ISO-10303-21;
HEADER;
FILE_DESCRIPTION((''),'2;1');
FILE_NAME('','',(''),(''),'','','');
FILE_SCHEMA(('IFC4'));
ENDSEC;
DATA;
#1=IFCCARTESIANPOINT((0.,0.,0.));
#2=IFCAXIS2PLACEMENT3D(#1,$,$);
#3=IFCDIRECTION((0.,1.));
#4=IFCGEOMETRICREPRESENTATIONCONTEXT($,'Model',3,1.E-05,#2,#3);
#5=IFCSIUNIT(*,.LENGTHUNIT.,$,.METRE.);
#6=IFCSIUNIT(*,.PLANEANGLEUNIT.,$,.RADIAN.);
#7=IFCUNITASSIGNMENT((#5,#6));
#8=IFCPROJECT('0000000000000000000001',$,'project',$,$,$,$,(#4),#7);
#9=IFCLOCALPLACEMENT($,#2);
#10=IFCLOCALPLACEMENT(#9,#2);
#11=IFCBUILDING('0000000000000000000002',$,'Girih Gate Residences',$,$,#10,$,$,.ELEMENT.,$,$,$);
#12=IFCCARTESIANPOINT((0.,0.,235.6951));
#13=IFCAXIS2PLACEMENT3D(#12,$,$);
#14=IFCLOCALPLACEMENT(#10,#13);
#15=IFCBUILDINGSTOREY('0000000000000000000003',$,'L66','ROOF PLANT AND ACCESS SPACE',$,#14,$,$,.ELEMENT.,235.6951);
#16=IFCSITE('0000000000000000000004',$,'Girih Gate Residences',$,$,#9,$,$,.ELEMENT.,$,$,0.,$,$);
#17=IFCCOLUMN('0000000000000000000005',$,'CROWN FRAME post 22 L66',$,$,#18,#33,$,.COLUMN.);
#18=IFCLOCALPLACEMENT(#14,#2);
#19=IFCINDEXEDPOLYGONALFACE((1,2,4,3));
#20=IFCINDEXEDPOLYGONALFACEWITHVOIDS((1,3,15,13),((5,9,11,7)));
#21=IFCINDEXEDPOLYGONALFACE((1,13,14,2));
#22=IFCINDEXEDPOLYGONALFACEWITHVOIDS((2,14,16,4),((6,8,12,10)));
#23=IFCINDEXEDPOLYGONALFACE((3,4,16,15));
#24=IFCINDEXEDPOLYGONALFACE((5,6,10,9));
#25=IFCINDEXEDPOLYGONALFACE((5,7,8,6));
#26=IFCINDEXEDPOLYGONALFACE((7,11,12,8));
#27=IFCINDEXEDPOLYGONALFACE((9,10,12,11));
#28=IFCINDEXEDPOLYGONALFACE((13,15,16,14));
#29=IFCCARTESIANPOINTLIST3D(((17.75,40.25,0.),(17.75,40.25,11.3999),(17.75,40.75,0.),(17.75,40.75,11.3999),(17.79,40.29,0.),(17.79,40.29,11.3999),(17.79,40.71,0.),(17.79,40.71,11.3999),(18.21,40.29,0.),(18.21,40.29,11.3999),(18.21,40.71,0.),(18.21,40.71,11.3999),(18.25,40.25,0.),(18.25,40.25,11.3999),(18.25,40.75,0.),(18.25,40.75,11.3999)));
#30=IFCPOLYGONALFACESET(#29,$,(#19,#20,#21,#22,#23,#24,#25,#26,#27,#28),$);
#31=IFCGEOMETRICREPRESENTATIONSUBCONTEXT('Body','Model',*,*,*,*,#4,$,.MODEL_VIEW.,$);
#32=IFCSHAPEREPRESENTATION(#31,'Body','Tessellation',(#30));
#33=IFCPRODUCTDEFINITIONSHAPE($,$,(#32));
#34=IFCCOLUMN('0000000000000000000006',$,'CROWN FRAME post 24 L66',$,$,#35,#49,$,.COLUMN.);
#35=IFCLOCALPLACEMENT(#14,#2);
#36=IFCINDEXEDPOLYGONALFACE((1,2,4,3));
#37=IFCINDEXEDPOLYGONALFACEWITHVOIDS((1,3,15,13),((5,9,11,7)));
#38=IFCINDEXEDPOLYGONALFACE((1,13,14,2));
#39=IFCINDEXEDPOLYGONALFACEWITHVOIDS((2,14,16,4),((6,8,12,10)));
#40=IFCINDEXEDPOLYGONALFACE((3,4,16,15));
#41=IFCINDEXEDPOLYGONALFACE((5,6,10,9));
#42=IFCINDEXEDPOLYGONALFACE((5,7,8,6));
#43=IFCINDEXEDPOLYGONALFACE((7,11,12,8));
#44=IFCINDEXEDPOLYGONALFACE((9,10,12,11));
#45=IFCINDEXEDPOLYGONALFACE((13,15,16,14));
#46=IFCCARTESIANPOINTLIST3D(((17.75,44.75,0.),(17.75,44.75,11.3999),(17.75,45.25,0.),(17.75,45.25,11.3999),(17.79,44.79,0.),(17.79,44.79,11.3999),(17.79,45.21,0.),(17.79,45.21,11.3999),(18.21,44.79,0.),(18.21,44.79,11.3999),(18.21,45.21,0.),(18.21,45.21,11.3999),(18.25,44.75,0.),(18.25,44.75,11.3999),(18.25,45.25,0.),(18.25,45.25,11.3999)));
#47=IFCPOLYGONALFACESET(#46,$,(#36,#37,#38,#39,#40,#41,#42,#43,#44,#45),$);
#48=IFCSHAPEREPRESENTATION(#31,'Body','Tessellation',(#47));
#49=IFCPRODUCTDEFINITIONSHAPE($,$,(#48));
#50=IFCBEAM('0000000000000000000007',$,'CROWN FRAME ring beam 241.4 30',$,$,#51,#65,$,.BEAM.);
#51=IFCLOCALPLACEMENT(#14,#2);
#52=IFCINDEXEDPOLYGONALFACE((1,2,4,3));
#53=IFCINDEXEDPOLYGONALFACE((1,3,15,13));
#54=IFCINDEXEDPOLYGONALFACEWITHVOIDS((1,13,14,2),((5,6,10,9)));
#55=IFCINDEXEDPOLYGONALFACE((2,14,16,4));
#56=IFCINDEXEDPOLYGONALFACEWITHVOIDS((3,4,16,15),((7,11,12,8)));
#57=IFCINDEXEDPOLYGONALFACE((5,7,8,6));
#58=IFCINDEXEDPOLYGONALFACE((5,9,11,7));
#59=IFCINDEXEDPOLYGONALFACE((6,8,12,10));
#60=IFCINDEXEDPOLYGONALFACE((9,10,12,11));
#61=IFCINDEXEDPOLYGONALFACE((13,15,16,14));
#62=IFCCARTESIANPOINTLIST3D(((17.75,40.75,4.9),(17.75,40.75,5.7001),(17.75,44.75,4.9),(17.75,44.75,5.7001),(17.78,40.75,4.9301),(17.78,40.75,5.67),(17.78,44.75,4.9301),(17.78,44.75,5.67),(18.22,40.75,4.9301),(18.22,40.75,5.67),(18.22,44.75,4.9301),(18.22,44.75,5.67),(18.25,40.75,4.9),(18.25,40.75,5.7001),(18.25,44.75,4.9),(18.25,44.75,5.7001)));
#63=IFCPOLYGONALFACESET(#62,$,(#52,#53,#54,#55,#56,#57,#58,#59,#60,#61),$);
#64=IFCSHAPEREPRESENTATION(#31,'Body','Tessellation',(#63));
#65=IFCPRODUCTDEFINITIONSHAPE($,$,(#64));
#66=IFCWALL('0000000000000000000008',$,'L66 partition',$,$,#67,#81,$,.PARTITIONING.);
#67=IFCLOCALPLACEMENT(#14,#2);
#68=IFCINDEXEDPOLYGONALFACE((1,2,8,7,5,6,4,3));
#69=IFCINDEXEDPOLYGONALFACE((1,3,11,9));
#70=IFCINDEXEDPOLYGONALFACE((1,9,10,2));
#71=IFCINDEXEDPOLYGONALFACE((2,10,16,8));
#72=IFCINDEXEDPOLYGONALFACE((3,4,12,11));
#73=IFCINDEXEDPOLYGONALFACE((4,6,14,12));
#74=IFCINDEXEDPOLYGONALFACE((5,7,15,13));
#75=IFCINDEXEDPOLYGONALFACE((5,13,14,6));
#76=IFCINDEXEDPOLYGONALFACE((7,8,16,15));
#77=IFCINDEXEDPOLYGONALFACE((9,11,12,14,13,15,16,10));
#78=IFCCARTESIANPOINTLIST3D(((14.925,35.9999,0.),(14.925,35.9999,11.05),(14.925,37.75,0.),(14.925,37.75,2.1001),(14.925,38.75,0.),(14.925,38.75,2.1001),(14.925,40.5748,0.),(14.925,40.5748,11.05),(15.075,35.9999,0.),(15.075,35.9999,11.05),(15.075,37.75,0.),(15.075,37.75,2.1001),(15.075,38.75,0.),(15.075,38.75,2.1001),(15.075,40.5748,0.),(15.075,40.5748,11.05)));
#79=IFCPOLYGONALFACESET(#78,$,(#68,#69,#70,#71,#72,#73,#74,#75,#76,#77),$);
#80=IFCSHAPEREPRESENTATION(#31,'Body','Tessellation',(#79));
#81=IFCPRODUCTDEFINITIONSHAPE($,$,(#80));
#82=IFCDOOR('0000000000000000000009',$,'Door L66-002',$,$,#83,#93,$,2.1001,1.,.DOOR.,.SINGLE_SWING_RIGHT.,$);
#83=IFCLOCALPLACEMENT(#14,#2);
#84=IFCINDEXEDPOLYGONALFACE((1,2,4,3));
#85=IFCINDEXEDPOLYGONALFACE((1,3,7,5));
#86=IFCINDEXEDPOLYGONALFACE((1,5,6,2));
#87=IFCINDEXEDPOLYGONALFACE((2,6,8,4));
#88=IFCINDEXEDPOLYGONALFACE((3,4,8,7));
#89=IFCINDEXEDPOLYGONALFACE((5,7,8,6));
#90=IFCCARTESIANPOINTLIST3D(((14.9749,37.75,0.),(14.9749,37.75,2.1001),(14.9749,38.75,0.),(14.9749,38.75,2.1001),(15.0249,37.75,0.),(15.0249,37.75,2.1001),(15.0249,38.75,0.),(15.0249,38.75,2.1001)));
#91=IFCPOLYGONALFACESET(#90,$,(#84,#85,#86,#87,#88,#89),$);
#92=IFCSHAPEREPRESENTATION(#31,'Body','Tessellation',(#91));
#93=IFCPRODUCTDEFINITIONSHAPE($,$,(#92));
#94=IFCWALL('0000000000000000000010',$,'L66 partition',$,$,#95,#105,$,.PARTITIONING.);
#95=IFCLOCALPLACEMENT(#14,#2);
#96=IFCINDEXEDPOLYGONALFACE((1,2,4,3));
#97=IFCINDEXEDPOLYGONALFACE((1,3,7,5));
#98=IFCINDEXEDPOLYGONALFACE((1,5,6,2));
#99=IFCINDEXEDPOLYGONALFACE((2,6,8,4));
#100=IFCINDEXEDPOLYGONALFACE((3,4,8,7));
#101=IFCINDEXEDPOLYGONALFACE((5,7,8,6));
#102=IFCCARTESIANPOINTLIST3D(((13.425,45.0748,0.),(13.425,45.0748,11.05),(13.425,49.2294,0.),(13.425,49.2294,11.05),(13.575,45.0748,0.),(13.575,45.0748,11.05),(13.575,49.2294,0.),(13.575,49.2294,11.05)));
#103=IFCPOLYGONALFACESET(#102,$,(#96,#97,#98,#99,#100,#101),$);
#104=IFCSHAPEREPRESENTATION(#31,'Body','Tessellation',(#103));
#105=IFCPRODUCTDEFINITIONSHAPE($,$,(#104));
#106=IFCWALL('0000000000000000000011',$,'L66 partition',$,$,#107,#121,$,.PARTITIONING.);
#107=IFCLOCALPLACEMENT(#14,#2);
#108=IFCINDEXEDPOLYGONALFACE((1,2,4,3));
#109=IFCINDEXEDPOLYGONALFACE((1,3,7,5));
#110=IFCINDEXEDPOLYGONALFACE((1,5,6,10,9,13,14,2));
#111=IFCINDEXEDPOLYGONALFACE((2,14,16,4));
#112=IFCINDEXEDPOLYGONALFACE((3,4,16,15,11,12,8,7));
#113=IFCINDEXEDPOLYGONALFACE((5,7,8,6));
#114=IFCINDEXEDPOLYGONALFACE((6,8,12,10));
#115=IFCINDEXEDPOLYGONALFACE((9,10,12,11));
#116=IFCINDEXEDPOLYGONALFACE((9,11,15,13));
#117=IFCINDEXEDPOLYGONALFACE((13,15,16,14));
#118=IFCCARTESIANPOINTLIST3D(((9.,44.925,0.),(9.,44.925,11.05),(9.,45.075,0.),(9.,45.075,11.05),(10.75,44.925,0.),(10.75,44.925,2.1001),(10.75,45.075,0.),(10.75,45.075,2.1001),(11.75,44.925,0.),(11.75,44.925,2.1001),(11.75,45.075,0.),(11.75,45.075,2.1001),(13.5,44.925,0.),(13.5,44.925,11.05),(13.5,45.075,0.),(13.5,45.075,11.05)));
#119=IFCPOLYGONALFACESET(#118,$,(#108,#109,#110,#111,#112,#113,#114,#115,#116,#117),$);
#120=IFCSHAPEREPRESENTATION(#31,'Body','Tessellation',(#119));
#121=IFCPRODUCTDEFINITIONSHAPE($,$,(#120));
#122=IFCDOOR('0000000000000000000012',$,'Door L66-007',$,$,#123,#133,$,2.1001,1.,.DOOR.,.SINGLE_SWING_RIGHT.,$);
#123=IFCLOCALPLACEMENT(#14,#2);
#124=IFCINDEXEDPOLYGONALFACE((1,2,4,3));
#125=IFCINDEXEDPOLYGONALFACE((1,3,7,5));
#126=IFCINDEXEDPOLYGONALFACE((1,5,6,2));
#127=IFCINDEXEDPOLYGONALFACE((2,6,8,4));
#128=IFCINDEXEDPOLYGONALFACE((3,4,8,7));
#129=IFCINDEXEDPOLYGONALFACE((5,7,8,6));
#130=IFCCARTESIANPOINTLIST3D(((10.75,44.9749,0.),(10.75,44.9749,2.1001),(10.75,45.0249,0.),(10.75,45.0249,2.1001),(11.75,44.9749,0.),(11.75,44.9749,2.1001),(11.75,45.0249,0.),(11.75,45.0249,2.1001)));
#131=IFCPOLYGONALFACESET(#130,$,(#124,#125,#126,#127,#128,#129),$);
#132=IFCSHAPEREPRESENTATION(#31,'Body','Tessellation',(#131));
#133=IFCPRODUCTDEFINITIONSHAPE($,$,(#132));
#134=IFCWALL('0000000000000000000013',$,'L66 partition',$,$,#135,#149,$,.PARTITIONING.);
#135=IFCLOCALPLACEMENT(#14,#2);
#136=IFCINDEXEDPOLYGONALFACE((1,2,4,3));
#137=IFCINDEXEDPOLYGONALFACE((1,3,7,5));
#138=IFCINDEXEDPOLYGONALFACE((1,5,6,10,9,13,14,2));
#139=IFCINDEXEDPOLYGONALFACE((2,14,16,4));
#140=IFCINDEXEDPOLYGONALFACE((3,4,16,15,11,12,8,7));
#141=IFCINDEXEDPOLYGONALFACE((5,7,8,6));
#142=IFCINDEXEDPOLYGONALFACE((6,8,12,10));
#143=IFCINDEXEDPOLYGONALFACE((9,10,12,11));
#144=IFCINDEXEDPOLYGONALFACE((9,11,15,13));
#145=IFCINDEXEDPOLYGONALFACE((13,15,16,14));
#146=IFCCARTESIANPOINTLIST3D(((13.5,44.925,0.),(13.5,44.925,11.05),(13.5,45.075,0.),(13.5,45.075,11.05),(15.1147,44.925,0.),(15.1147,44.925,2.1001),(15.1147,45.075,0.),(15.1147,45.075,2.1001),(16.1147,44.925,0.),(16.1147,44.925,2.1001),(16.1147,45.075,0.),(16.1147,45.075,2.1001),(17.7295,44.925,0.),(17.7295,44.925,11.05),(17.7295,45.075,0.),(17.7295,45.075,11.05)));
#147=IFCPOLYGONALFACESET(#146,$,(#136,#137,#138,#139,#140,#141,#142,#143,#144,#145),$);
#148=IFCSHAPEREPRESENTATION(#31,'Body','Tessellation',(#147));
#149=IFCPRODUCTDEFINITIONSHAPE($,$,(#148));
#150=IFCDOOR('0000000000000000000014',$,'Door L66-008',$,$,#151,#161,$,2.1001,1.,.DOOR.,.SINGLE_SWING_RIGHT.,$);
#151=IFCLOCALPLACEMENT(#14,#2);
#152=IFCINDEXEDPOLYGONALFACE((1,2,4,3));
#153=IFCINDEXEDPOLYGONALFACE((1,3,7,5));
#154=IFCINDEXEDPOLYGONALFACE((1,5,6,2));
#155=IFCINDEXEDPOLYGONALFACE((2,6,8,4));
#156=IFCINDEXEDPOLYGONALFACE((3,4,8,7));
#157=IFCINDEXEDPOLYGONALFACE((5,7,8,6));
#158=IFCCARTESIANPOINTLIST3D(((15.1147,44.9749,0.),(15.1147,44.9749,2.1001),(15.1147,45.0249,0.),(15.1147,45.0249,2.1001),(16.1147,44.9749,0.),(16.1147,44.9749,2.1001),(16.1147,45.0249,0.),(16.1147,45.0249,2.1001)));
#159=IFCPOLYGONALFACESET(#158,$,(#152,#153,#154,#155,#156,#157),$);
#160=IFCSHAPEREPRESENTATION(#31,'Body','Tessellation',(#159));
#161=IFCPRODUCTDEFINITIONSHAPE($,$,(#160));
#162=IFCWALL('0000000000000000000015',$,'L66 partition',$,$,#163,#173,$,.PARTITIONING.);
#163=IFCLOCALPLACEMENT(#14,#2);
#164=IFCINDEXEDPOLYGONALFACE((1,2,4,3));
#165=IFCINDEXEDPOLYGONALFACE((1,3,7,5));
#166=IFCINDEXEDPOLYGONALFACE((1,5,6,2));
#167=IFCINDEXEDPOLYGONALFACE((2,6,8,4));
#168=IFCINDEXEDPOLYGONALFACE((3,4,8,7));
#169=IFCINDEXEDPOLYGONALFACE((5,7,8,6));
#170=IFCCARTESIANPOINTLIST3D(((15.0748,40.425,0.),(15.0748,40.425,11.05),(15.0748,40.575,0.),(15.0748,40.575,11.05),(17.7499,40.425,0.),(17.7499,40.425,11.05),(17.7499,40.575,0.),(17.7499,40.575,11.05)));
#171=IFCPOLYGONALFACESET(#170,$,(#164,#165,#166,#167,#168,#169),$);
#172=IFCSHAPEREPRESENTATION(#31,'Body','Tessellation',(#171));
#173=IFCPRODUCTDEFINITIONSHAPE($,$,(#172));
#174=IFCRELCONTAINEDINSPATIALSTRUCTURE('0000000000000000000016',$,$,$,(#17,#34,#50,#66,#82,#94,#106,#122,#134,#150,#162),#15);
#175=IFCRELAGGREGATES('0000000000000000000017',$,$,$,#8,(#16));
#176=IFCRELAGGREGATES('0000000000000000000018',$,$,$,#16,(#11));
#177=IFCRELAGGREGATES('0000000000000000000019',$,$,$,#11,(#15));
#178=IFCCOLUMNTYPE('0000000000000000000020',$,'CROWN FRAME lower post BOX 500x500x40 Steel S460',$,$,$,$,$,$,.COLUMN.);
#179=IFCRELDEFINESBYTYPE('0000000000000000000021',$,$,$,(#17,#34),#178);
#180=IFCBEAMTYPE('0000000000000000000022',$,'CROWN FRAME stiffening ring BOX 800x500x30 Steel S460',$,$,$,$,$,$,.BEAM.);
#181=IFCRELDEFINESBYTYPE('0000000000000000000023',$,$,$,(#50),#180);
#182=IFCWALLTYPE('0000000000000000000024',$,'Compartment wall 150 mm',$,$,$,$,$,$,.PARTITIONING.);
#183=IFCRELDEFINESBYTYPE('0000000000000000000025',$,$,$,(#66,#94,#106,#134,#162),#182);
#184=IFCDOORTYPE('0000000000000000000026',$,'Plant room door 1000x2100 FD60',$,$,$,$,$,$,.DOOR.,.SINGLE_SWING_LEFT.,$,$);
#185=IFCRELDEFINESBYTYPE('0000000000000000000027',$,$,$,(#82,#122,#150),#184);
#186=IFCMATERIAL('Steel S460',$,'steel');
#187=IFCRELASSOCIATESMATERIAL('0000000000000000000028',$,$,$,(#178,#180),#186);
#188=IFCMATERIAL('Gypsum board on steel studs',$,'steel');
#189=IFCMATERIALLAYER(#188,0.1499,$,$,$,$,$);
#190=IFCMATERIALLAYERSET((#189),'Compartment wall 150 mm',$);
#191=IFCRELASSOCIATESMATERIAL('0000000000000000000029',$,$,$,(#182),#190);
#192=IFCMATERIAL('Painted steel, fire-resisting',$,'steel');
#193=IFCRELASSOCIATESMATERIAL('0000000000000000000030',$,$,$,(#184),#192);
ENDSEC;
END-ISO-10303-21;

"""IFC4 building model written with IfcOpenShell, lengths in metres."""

from ifc_helpers import new_model, si_unit, direction, frame, frame_2d, origin, origin_2d, place, context, subcontext, project, spatial, rectangle, hollow_rectangle, extrude, material, layer, layer_set, material_profile, profile_set, type_object, element, fill, save


model = new_model("IFC4")

# Units and contexts
model_context = context("Model", 3, precision=1e-05, world=origin(), true_north=direction((0.0, 1.0)))
body_context = subcontext(model_context, "Body", "Model", "MODEL_VIEW")
ifc_project = project(units=[si_unit("LENGTHUNIT", "METRE"), si_unit("PLANEANGLEUNIT", "RADIAN")], contexts=[model_context])

# Site, building, storey
site_placement = place(None, origin())
site = spatial("IfcSite", under=ifc_project, at=site_placement, Name="Girih Gate Residences", CompositionType="ELEMENT", RefElevation=0.0)
building_placement = place(site_placement, origin())
building = spatial("IfcBuilding", under=site, at=building_placement, Name="Girih Gate Residences", CompositionType="ELEMENT")
storey_placement = place(building_placement, frame((0.0, 0.0, 235.6951)))
storey = spatial("IfcBuildingStorey", under=building, at=storey_placement, Name="L66", Description="ROOF PLANT AND ACCESS SPACE", CompositionType="ELEMENT", Elevation=235.6951)

# Columns
ifc_material_1 = material(Name="Steel S460", Category="steel")
ifc_material_profile_1 = material_profile(ifc_material_1, hollow_rectangle(XDim=0.5, YDim=0.5, WallThickness=0.04, at=origin_2d()))
ifc_profile_set_1 = profile_set([ifc_material_profile_1], Name="Steel S460")
column_type = type_object("IfcColumnType", Name="CROWN FRAME lower post BOX 500x500x40 Steel S460", PredefinedType="COLUMN", material=ifc_profile_set_1)
for number, where, z_axis, x_axis, name in (
    (1, (18.0, 40.5, 0.0), (0.0, 0.0, 1.0), (1.0, 0.0, 0.0), "CROWN FRAME post 22 L66"),
    (2, (18.0, 45.0, 0.0), (0.0, 0.0, 1.0), (1.0, 0.0, 0.0), "CROWN FRAME post 24 L66"),
):
    element("IfcColumn", number, at=place(storey_placement, frame(where, z_axis=z_axis, x_axis=x_axis)), inside=storey, type_object=column_type, Name=name, PredefinedType="COLUMN", context=body_context, shape_type="SweptSolid", body=[
        extrude(hollow_rectangle(XDim=0.5, YDim=0.5, WallThickness=0.04, at=origin_2d()), origin(), (0.0, 0.0, 1.0), 11.3999),
    ])

# Beam
ifc_material_profile_2 = material_profile(ifc_material_1, hollow_rectangle(XDim=0.5, YDim=0.8, WallThickness=0.03, at=origin_2d()))
ifc_profile_set_2 = profile_set([ifc_material_profile_2], Name="Steel S460")
beam_type = type_object("IfcBeamType", Name="CROWN FRAME stiffening ring BOX 800x500x30 Steel S460", PredefinedType="BEAM", material=ifc_profile_set_2)
beam_placement = place(storey_placement, frame((18.0, 40.75, 5.3), z_axis=(0.0, 1.0, 0.0), x_axis=(-1.0, 0.0, 0.0)))
element("IfcBeam", 3, at=beam_placement, inside=storey, type_object=beam_type, Name="CROWN FRAME ring beam 241.4 30", PredefinedType="BEAM", context=body_context, shape_type="SweptSolid", body=[
    extrude(hollow_rectangle(XDim=0.5, YDim=0.8, WallThickness=0.03, at=origin_2d()), origin(), (0.0, 0.0, 1.0), 4.0),
])

# Wall, opening, door
ifc_material_2 = material(Name="Gypsum board on steel studs", Category="steel")
ifc_layer_1 = layer(ifc_material_2, 0.1499)
ifc_layer_set_1 = layer_set([ifc_layer_1], Name="Compartment wall 150 mm")
wall_type_1 = type_object("IfcWallType", Name="Compartment wall 150 mm", PredefinedType="PARTITIONING", material=ifc_layer_set_1)
wall_1_placement = place(storey_placement, frame((15.0, 40.575, 0.0), z_axis=(0.0, 0.0, 1.0), x_axis=(0.0, -1.0, 0.0)))
wall_1 = element("IfcWall", 4, at=wall_1_placement, inside=storey, type_object=wall_type_1, Name="L66 partition", PredefinedType="PARTITIONING", context=body_context, shape_type="SweptSolid", body=[
    extrude(rectangle(XDim=4.575, YDim=0.1499, at=frame_2d((2.2876, 0.0))), origin(), (0.0, 0.0, 1.0), 11.05),
])
opening_1_placement = place(wall_1_placement, frame((1.825, 0.0, 0.0)))
opening_1 = element("IfcOpeningElement", 5, at=opening_1_placement, cuts=wall_1, PredefinedType="OPENING", context=body_context, shape_type="SweptSolid", body=[
    extrude(rectangle(XDim=1.0, YDim=2.1001, at=frame_2d((0.5, 1.05))), frame((0.0, 0.085, 0.0), z_axis=(0.0, -1.0, 0.0), x_axis=(1.0, 0.0, 0.0)), (0.0, 0.0, 1.0), 0.1699),
])
ifc_material_3 = material(Name="Painted steel, fire-resisting", Category="steel")
door_type_1 = type_object("IfcDoorType", Name="Plant room door 1000x2100 FD60", OperationType="SINGLE_SWING_LEFT", PredefinedType="DOOR", material=ifc_material_3)
door_1_placement = place(opening_1_placement, origin())
door_1 = element("IfcDoor", 6, at=door_1_placement, inside=storey, type_object=door_type_1, Name="Door L66-002", OperationType="SINGLE_SWING_RIGHT", OverallHeight=2.1001, OverallWidth=1.0, PredefinedType="DOOR", context=body_context, shape_type="SweptSolid", body=[
    extrude(rectangle(XDim=1.0, YDim=2.1001, at=frame_2d((0.5, 1.05))), frame((0.0, 0.0249, 0.0), z_axis=(0.0, -1.0, 0.0), x_axis=(1.0, 0.0, 0.0)), (0.0, 0.0, 1.0), 0.05),
])
fill(opening_1, door_1)

# Wall
wall_2_placement = place(storey_placement, frame((13.5, 45.075, 0.0), z_axis=(0.0, 0.0, 1.0), x_axis=(0.0, 1.0, 0.0)))
element("IfcWall", 7, at=wall_2_placement, inside=storey, type_object=wall_type_1, Name="L66 partition", PredefinedType="PARTITIONING", context=body_context, shape_type="SweptSolid", body=[
    extrude(rectangle(XDim=4.1545, YDim=0.1499, at=frame_2d((2.0771, 0.0))), origin(), (0.0, 0.0, 1.0), 11.05),
])

# Walls, openings, doors
wall_3_placement = place(storey_placement, frame((9.0, 45.0, 0.0), z_axis=(0.0, 0.0, 1.0), x_axis=(1.0, 0.0, 0.0)))
wall_3 = element("IfcWall", 8, at=wall_3_placement, inside=storey, type_object=wall_type_1, Name="L66 partition", PredefinedType="PARTITIONING", context=body_context, shape_type="SweptSolid", body=[
    extrude(rectangle(XDim=4.5, YDim=0.1499, at=frame_2d((2.25, 0.0))), origin(), (0.0, 0.0, 1.0), 11.05),
])
opening_2_placement = place(wall_3_placement, frame((1.75, 0.0, 0.0)))
opening_2 = element("IfcOpeningElement", 9, at=opening_2_placement, cuts=wall_3, PredefinedType="OPENING", context=body_context, shape_type="SweptSolid", body=[
    extrude(rectangle(XDim=1.0, YDim=2.1001, at=frame_2d((0.5, 1.05))), frame((0.0, 0.085, 0.0), z_axis=(0.0, -1.0, 0.0), x_axis=(1.0, 0.0, 0.0)), (0.0, 0.0, 1.0), 0.1699),
])
door_2_placement = place(opening_2_placement, origin())
door_2 = element("IfcDoor", 10, at=door_2_placement, inside=storey, type_object=door_type_1, Name="Door L66-007", OperationType="SINGLE_SWING_RIGHT", OverallHeight=2.1001, OverallWidth=1.0, PredefinedType="DOOR", context=body_context, shape_type="SweptSolid", body=[
    extrude(rectangle(XDim=1.0, YDim=2.1001, at=frame_2d((0.5, 1.05))), frame((0.0, 0.0249, 0.0), z_axis=(0.0, -1.0, 0.0), x_axis=(1.0, 0.0, 0.0)), (0.0, 0.0, 1.0), 0.05),
])
fill(opening_2, door_2)
wall_4_placement = place(storey_placement, frame((13.5, 45.0, 0.0), z_axis=(0.0, 0.0, 1.0), x_axis=(1.0, 0.0, 0.0)))
wall_4 = element("IfcWall", 11, at=wall_4_placement, inside=storey, type_object=wall_type_1, Name="L66 partition", PredefinedType="PARTITIONING", context=body_context, shape_type="SweptSolid", body=[
    extrude(rectangle(XDim=4.2295, YDim=0.1499, at=frame_2d((2.1147, 0.0))), origin(), (0.0, 0.0, 1.0), 11.05),
])
opening_3_placement = place(wall_4_placement, frame((1.6147, 0.0, 0.0)))
opening_3 = element("IfcOpeningElement", 12, at=opening_3_placement, cuts=wall_4, PredefinedType="OPENING", context=body_context, shape_type="SweptSolid", body=[
    extrude(rectangle(XDim=1.0, YDim=2.1001, at=frame_2d((0.5, 1.05))), frame((0.0, 0.085, 0.0), z_axis=(0.0, -1.0, 0.0), x_axis=(1.0, 0.0, 0.0)), (0.0, 0.0, 1.0), 0.1699),
])
door_3_placement = place(opening_3_placement, origin())
door_3 = element("IfcDoor", 13, at=door_3_placement, inside=storey, type_object=door_type_1, Name="Door L66-008", OperationType="SINGLE_SWING_RIGHT", OverallHeight=2.1001, OverallWidth=1.0, PredefinedType="DOOR", context=body_context, shape_type="SweptSolid", body=[
    extrude(rectangle(XDim=1.0, YDim=2.1001, at=frame_2d((0.5, 1.05))), frame((0.0, 0.0249, 0.0), z_axis=(0.0, -1.0, 0.0), x_axis=(1.0, 0.0, 0.0)), (0.0, 0.0, 1.0), 0.05),
])
fill(opening_3, door_3)

# Wall
wall_5_placement = place(storey_placement, frame((15.075, 40.5, 0.0), z_axis=(0.0, 0.0, 1.0), x_axis=(1.0, 0.0, 0.0)))
element("IfcWall", 14, at=wall_5_placement, inside=storey, type_object=wall_type_1, Name="L66 partition", PredefinedType="PARTITIONING", context=body_context, shape_type="SweptSolid", body=[
    extrude(rectangle(XDim=2.675, YDim=0.1499, at=frame_2d((1.3374, 0.0))), origin(), (0.0, 0.0, 1.0), 11.05),
])

save(model, "model.ifc")
